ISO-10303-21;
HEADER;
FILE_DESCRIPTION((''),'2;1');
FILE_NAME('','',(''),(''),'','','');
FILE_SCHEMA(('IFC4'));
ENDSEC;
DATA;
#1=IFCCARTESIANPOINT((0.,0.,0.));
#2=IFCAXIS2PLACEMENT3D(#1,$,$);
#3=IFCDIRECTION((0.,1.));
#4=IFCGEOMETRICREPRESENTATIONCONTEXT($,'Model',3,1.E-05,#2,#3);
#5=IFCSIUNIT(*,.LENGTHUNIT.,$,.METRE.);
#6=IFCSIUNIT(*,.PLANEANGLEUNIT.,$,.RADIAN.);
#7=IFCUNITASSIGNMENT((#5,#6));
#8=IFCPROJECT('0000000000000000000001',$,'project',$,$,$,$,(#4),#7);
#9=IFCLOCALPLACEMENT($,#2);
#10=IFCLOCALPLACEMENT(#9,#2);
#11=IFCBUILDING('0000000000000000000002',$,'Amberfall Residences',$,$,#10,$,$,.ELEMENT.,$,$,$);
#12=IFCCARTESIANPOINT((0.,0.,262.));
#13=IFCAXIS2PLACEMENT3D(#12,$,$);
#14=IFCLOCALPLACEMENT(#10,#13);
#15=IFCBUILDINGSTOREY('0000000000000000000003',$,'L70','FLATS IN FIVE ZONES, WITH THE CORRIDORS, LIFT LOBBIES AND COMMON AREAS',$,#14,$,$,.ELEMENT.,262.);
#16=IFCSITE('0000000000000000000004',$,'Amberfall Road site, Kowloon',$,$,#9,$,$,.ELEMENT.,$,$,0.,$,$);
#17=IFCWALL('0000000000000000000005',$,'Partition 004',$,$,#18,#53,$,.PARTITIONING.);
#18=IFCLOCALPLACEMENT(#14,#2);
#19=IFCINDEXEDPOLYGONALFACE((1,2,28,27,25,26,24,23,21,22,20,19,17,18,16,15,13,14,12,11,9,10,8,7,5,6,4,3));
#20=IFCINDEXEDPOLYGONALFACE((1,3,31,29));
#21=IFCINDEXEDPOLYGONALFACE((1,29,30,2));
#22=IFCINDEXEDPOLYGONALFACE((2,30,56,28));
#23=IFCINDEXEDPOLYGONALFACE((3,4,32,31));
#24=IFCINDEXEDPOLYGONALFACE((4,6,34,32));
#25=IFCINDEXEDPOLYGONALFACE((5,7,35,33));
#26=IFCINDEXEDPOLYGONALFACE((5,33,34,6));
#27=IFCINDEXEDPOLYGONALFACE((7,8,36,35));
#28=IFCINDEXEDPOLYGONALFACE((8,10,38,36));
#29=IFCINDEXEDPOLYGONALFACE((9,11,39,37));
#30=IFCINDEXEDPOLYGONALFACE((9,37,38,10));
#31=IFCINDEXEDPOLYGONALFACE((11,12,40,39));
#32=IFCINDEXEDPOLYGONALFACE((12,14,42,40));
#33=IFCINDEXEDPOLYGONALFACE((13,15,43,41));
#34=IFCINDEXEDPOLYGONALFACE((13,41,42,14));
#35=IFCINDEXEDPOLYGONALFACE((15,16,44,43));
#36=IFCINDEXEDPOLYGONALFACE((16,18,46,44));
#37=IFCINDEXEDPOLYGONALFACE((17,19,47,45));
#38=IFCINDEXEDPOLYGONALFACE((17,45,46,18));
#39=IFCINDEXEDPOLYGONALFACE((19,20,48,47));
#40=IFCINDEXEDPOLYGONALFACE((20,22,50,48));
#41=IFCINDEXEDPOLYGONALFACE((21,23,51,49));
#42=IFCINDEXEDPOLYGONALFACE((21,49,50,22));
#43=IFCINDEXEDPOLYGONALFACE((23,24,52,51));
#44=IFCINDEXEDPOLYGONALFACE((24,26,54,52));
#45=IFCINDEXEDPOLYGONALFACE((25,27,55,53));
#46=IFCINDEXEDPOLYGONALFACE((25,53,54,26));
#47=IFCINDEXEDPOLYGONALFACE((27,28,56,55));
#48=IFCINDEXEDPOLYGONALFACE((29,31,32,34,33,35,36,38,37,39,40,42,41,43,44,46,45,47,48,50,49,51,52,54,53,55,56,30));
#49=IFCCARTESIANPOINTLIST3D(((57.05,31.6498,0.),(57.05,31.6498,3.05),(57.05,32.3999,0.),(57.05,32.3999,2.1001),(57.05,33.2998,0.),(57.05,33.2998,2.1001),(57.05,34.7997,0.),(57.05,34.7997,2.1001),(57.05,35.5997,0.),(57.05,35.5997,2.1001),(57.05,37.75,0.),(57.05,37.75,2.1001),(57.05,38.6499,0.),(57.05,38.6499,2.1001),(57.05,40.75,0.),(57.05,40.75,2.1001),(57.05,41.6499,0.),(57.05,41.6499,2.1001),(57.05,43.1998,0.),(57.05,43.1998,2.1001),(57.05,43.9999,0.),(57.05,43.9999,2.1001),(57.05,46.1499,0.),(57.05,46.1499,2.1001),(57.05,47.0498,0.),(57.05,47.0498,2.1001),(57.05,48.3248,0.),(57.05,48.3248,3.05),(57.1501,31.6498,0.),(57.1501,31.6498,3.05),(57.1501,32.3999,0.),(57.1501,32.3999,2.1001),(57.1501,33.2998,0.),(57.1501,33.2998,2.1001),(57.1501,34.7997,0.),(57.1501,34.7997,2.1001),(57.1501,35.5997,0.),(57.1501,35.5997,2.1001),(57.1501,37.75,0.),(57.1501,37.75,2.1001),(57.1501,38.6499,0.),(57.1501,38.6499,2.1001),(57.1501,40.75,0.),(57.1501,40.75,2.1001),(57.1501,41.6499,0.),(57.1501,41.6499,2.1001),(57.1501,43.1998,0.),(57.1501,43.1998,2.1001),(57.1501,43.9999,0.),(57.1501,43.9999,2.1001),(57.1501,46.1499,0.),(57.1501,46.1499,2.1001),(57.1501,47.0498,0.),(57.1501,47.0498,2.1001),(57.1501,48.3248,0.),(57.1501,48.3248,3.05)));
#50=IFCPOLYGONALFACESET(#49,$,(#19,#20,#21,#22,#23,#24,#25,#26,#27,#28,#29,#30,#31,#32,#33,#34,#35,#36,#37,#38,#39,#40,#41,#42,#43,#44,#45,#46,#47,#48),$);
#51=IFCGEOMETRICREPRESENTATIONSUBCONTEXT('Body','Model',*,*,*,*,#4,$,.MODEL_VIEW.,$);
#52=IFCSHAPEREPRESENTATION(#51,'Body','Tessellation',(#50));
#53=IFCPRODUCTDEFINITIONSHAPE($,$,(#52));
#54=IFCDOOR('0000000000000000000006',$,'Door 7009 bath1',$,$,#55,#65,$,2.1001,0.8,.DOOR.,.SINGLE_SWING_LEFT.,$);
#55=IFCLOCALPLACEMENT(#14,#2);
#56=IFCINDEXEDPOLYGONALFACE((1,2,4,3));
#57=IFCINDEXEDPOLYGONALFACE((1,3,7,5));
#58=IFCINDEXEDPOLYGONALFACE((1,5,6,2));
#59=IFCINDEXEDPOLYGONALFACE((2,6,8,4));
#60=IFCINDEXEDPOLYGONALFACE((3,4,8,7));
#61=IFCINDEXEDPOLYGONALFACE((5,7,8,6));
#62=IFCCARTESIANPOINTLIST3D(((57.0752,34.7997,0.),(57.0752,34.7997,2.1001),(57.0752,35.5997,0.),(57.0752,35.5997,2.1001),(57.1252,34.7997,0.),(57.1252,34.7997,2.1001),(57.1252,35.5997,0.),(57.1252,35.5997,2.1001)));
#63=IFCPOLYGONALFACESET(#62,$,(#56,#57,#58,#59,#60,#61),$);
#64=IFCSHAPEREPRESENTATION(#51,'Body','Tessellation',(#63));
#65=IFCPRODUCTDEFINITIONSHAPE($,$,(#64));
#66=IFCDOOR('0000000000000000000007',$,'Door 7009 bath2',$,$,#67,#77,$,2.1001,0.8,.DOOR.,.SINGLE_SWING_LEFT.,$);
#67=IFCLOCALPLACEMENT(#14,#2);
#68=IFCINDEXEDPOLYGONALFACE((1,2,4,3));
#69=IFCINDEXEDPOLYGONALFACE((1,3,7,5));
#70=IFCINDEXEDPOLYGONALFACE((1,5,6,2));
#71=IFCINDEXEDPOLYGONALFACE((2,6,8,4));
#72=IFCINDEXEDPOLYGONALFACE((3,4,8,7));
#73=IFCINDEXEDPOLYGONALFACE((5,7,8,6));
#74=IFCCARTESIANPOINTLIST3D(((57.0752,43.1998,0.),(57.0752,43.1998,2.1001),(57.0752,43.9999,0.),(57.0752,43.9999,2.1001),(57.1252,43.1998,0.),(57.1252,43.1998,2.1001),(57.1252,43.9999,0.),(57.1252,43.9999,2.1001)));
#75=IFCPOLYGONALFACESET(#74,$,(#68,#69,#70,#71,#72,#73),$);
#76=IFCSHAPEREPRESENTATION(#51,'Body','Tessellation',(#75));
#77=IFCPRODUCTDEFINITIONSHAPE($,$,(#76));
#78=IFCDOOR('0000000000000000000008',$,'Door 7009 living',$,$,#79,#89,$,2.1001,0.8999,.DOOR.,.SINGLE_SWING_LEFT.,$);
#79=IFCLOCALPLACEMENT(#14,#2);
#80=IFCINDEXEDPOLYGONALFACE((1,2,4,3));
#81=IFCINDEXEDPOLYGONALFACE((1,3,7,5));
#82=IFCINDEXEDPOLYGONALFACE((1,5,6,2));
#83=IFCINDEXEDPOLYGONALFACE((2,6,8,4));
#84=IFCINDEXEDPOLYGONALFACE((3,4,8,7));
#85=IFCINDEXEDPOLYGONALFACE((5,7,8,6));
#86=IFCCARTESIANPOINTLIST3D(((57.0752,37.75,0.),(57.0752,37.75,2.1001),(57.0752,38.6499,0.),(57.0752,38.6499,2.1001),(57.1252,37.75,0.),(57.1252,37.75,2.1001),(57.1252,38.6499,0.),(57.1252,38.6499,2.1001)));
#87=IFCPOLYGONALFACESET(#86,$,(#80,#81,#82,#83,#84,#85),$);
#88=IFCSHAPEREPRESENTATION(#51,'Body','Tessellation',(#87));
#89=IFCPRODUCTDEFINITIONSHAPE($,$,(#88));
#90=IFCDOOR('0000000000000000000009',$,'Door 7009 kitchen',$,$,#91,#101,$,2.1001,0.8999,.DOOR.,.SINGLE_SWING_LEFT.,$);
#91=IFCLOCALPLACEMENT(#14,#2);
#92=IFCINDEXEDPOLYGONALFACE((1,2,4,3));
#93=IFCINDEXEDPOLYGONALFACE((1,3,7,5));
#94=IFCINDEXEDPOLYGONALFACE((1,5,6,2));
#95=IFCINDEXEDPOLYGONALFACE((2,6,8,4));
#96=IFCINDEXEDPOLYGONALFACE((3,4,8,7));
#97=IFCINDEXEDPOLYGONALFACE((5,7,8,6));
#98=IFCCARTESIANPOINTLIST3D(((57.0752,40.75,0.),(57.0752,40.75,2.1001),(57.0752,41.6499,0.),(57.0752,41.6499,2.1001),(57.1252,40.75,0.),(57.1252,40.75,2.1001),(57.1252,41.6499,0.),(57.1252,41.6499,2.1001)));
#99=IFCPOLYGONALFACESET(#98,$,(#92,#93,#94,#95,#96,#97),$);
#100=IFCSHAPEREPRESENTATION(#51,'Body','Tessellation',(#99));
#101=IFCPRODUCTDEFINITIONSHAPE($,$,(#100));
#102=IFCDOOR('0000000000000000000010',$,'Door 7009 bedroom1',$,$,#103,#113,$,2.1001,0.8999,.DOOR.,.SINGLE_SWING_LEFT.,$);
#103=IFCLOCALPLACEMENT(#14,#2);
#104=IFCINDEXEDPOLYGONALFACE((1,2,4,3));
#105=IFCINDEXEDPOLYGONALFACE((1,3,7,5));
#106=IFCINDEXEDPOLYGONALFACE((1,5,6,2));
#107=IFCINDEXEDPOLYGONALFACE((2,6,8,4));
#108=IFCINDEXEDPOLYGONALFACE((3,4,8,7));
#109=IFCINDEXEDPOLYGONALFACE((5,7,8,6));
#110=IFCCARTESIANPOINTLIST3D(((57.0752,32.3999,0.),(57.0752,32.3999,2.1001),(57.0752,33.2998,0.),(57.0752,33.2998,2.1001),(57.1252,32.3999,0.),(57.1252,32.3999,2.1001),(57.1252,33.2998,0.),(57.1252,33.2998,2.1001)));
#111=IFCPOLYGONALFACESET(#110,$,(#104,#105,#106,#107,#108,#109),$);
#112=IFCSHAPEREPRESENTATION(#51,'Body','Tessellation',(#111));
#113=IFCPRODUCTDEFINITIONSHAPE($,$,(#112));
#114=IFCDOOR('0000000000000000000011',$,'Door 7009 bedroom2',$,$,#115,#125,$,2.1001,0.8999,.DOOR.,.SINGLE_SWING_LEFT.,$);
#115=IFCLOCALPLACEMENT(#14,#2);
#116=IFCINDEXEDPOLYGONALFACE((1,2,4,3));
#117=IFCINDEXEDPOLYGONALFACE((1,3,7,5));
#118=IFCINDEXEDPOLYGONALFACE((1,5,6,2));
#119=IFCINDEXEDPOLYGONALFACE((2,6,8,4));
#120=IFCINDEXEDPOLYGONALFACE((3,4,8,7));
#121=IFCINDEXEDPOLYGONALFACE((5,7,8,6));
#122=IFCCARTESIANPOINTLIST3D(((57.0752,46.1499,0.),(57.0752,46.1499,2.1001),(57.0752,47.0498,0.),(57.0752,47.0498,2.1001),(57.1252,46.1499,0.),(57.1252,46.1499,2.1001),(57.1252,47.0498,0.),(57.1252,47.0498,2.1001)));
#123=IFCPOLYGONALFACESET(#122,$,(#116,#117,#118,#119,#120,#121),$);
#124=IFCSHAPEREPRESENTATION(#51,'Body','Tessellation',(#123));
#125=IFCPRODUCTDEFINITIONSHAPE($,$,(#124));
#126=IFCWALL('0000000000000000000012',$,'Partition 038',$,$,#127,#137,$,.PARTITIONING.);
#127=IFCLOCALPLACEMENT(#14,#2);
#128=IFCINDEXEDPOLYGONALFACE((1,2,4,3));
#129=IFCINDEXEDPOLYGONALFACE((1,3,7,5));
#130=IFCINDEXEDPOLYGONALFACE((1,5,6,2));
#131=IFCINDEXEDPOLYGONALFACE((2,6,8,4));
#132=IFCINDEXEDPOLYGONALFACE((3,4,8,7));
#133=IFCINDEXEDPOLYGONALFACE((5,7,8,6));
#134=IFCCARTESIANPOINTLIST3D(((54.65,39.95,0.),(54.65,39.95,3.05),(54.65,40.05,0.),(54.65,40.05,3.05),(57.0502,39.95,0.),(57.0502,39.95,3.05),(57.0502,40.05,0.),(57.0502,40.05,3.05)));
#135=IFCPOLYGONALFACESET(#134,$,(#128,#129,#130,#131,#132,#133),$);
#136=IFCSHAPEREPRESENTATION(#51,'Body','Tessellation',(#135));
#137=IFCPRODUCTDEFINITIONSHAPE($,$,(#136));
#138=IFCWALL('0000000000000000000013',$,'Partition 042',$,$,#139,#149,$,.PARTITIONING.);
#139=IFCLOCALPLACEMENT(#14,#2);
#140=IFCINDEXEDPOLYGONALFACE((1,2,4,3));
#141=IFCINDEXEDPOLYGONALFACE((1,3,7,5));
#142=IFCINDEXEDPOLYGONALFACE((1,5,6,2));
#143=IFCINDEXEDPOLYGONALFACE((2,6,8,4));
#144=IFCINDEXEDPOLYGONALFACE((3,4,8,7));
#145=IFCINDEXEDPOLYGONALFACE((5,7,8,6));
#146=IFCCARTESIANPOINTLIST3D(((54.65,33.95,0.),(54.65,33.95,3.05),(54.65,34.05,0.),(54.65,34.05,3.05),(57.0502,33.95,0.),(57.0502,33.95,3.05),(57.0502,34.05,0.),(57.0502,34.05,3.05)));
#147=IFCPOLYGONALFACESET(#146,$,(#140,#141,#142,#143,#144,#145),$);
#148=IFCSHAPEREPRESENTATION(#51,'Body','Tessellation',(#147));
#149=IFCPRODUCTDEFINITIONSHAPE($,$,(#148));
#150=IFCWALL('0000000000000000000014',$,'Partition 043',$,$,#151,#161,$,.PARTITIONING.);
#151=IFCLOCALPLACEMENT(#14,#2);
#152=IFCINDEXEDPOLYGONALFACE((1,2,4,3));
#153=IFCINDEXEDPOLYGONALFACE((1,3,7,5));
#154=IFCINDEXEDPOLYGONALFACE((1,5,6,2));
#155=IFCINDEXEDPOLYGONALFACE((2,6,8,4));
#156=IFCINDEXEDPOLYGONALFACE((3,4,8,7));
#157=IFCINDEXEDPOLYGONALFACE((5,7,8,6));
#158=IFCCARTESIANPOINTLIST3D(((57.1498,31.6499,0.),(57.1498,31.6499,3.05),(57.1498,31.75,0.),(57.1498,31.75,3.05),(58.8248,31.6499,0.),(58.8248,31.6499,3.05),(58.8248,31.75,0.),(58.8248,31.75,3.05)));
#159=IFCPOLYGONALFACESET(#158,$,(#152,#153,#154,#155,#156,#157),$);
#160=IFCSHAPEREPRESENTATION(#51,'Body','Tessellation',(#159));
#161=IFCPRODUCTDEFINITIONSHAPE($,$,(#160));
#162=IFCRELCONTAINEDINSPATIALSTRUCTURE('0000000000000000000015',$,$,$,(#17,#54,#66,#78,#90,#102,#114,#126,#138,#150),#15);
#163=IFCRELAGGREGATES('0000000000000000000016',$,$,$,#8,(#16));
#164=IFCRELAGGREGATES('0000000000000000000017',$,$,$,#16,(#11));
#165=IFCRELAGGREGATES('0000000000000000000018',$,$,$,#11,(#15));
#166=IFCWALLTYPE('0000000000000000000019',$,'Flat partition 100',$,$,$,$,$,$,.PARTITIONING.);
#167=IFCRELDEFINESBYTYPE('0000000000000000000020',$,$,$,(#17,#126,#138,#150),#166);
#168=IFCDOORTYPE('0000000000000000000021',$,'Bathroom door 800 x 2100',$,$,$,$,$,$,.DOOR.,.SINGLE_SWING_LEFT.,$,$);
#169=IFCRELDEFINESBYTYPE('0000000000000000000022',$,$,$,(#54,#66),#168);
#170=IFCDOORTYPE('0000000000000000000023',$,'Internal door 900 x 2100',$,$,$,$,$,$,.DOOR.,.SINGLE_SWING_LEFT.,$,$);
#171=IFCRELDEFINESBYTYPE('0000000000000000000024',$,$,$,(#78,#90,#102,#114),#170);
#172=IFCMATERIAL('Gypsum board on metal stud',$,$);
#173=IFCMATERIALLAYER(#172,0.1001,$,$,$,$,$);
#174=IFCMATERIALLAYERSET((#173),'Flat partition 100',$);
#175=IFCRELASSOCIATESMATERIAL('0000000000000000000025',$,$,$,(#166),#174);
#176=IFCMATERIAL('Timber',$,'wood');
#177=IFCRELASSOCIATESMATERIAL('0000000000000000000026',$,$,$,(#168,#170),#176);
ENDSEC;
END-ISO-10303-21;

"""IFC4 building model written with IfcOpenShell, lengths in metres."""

from ifc_helpers import new_model, si_unit, direction, frame, frame_2d, origin, place, context, subcontext, project, spatial, rectangle, extrude, material, layer, layer_set, type_object, element, fill, save


model = new_model("IFC4")

# Units and contexts
model_context = context("Model", 3, precision=1e-05, world=origin(), true_north=direction((0.0, 1.0)))
body_context = subcontext(model_context, "Body", "Model", "MODEL_VIEW")
ifc_project = project(units=[si_unit("LENGTHUNIT", "METRE"), si_unit("PLANEANGLEUNIT", "RADIAN")], contexts=[model_context])

# Site, building, storey
site_placement = place(None, origin())
site = spatial("IfcSite", under=ifc_project, at=site_placement, Name="Amberfall Road site, Kowloon", CompositionType="ELEMENT", RefElevation=0.0)
building_placement = place(site_placement, origin())
building = spatial("IfcBuilding", under=site, at=building_placement, Name="Amberfall Residences", CompositionType="ELEMENT")
storey_placement = place(building_placement, frame((0.0, 0.0, 262.0)))
storey = spatial("IfcBuildingStorey", under=building, at=storey_placement, Name="L70", Description="FLATS IN FIVE ZONES, WITH THE CORRIDORS, LIFT LOBBIES AND COMMON AREAS", CompositionType="ELEMENT", Elevation=262.0)

# Shared definitions
ifc_material_1 = material(Name="Gypsum board on metal stud")
ifc_layer_1 = layer(ifc_material_1, 0.1001)
ifc_layer_set_1 = layer_set([ifc_layer_1], Name="Flat partition 100")
wall_type_1 = type_object("IfcWallType", Name="Flat partition 100", PredefinedType="PARTITIONING", material=ifc_layer_set_1)

# Wall, openings, doors
wall_1_placement = place(storey_placement, frame((57.1001, 31.6499, 0.0), z_axis=(0.0, 0.0, 1.0), x_axis=(0.0, 1.0, 0.0)))
wall_1 = element("IfcWall", 1, at=wall_1_placement, inside=storey, type_object=wall_type_1, Name="Partition 004", PredefinedType="PARTITIONING", context=body_context, shape_type="SweptSolid", body=[
    extrude(rectangle(XDim=16.675, YDim=0.1001, at=frame_2d((8.3374, 0.0))), origin(), (0.0, 0.0, 1.0), 3.05),
])
opening_1_placement = place(wall_1_placement, frame((6.1001, 0.0, 0.0)))
opening_1 = element("IfcOpeningElement", 2, at=opening_1_placement, cuts=wall_1, PredefinedType="OPENING", context=body_context, shape_type="SweptSolid", body=[
    extrude(rectangle(XDim=0.8999, YDim=2.1001, at=frame_2d((0.45, 1.05))), frame((0.0, 0.0601, 0.0), z_axis=(0.0, -1.0, 0.0), x_axis=(1.0, 0.0, 0.0)), (0.0, 0.0, 1.0), 0.1201),
])
opening_2_placement = place(wall_1_placement, frame((9.1001, 0.0, 0.0)))
opening_2 = element("IfcOpeningElement", 3, at=opening_2_placement, cuts=wall_1, PredefinedType="OPENING", context=body_context, shape_type="SweptSolid", body=[
    extrude(rectangle(XDim=0.8999, YDim=2.1001, at=frame_2d((0.45, 1.05))), frame((0.0, 0.0601, 0.0), z_axis=(0.0, -1.0, 0.0), x_axis=(1.0, 0.0, 0.0)), (0.0, 0.0, 1.0), 0.1201),
])
opening_3_placement = place(wall_1_placement, frame((0.75, 0.0, 0.0)))
opening_3 = element("IfcOpeningElement", 4, at=opening_3_placement, cuts=wall_1, PredefinedType="OPENING", context=body_context, shape_type="SweptSolid", body=[
    extrude(rectangle(XDim=0.8999, YDim=2.1001, at=frame_2d((0.45, 1.05))), frame((0.0, 0.0601, 0.0), z_axis=(0.0, -1.0, 0.0), x_axis=(1.0, 0.0, 0.0)), (0.0, 0.0, 1.0), 0.1201),
])
opening_4_placement = place(wall_1_placement, frame((14.5, 0.0, 0.0)))
opening_4 = element("IfcOpeningElement", 5, at=opening_4_placement, cuts=wall_1, PredefinedType="OPENING", context=body_context, shape_type="SweptSolid", body=[
    extrude(rectangle(XDim=0.8999, YDim=2.1001, at=frame_2d((0.45, 1.05))), frame((0.0, 0.0601, 0.0), z_axis=(0.0, -1.0, 0.0), x_axis=(1.0, 0.0, 0.0)), (0.0, 0.0, 1.0), 0.1201),
])
opening_5_placement = place(wall_1_placement, frame((3.1499, 0.0, 0.0)))
opening_5 = element("IfcOpeningElement", 6, at=opening_5_placement, cuts=wall_1, PredefinedType="OPENING", context=body_context, shape_type="SweptSolid", body=[
    extrude(rectangle(XDim=0.8, YDim=2.1001, at=frame_2d((0.3999, 1.05))), frame((0.0, 0.0601, 0.0), z_axis=(0.0, -1.0, 0.0), x_axis=(1.0, 0.0, 0.0)), (0.0, 0.0, 1.0), 0.1201),
])
opening_6_placement = place(wall_1_placement, frame((11.55, 0.0, 0.0)))
opening_6 = element("IfcOpeningElement", 7, at=opening_6_placement, cuts=wall_1, PredefinedType="OPENING", context=body_context, shape_type="SweptSolid", body=[
    extrude(rectangle(XDim=0.8, YDim=2.1001, at=frame_2d((0.3999, 1.05))), frame((0.0, 0.0601, 0.0), z_axis=(0.0, -1.0, 0.0), x_axis=(1.0, 0.0, 0.0)), (0.0, 0.0, 1.0), 0.1201),
])
ifc_material_2 = material(Name="Timber", Category="wood")
door_type_1 = type_object("IfcDoorType", Name="Bathroom door 800 x 2100", OperationType="SINGLE_SWING_LEFT", PredefinedType="DOOR", material=ifc_material_2)
door_1_placement = place(opening_5_placement, origin())
door_1 = element("IfcDoor", 8, at=door_1_placement, inside=storey, type_object=door_type_1, Name="Door 7009 bath1", OperationType="SINGLE_SWING_LEFT", OverallHeight=2.1001, OverallWidth=0.8, PredefinedType="DOOR", context=body_context, shape_type="SweptSolid", body=[
    extrude(rectangle(XDim=0.8, YDim=2.1001, at=frame_2d((0.3999, 1.05))), frame((0.0, 0.0249, 0.0), z_axis=(0.0, -1.0, 0.0), x_axis=(1.0, 0.0, 0.0)), (0.0, 0.0, 1.0), 0.05),
])
fill(opening_5, door_1)
door_2_placement = place(opening_6_placement, origin())
door_2 = element("IfcDoor", 9, at=door_2_placement, inside=storey, type_object=door_type_1, Name="Door 7009 bath2", OperationType="SINGLE_SWING_LEFT", OverallHeight=2.1001, OverallWidth=0.8, PredefinedType="DOOR", context=body_context, shape_type="SweptSolid", body=[
    extrude(rectangle(XDim=0.8, YDim=2.1001, at=frame_2d((0.3999, 1.05))), frame((0.0, 0.0249, 0.0), z_axis=(0.0, -1.0, 0.0), x_axis=(1.0, 0.0, 0.0)), (0.0, 0.0, 1.0), 0.05),
])
fill(opening_6, door_2)
door_type_2 = type_object("IfcDoorType", Name="Internal door 900 x 2100", OperationType="SINGLE_SWING_LEFT", PredefinedType="DOOR", material=ifc_material_2)
door_3_placement = place(opening_1_placement, origin())
door_3 = element("IfcDoor", 10, at=door_3_placement, inside=storey, type_object=door_type_2, Name="Door 7009 living", OperationType="SINGLE_SWING_LEFT", OverallHeight=2.1001, OverallWidth=0.8999, PredefinedType="DOOR", context=body_context, shape_type="SweptSolid", body=[
    extrude(rectangle(XDim=0.8999, YDim=2.1001, at=frame_2d((0.45, 1.05))), frame((0.0, 0.0249, 0.0), z_axis=(0.0, -1.0, 0.0), x_axis=(1.0, 0.0, 0.0)), (0.0, 0.0, 1.0), 0.05),
])
fill(opening_1, door_3)
door_4_placement = place(opening_2_placement, origin())
door_4 = element("IfcDoor", 11, at=door_4_placement, inside=storey, type_object=door_type_2, Name="Door 7009 kitchen", OperationType="SINGLE_SWING_LEFT", OverallHeight=2.1001, OverallWidth=0.8999, PredefinedType="DOOR", context=body_context, shape_type="SweptSolid", body=[
    extrude(rectangle(XDim=0.8999, YDim=2.1001, at=frame_2d((0.45, 1.05))), frame((0.0, 0.0249, 0.0), z_axis=(0.0, -1.0, 0.0), x_axis=(1.0, 0.0, 0.0)), (0.0, 0.0, 1.0), 0.05),
])
fill(opening_2, door_4)
door_5_placement = place(opening_3_placement, origin())
door_5 = element("IfcDoor", 12, at=door_5_placement, inside=storey, type_object=door_type_2, Name="Door 7009 bedroom1", OperationType="SINGLE_SWING_LEFT", OverallHeight=2.1001, OverallWidth=0.8999, PredefinedType="DOOR", context=body_context, shape_type="SweptSolid", body=[
    extrude(rectangle(XDim=0.8999, YDim=2.1001, at=frame_2d((0.45, 1.05))), frame((0.0, 0.0249, 0.0), z_axis=(0.0, -1.0, 0.0), x_axis=(1.0, 0.0, 0.0)), (0.0, 0.0, 1.0), 0.05),
])
fill(opening_3, door_5)
door_6_placement = place(opening_4_placement, origin())
door_6 = element("IfcDoor", 13, at=door_6_placement, inside=storey, type_object=door_type_2, Name="Door 7009 bedroom2", OperationType="SINGLE_SWING_LEFT", OverallHeight=2.1001, OverallWidth=0.8999, PredefinedType="DOOR", context=body_context, shape_type="SweptSolid", body=[
    extrude(rectangle(XDim=0.8999, YDim=2.1001, at=frame_2d((0.45, 1.05))), frame((0.0, 0.0249, 0.0), z_axis=(0.0, -1.0, 0.0), x_axis=(1.0, 0.0, 0.0)), (0.0, 0.0, 1.0), 0.05),
])
fill(opening_4, door_6)

# Walls
for number, where, z_axis, x_axis, name in (
    (14, (54.6499, 40.0, 0.0), (0.0, 0.0, 1.0), (1.0, 0.0, 0.0), "Partition 038"),
    (15, (54.6499, 34.0, 0.0), (0.0, 0.0, 1.0), (1.0, 0.0, 0.0), "Partition 042"),
):
    element("IfcWall", number, at=place(storey_placement, frame(where, z_axis=z_axis, x_axis=x_axis)), inside=storey, type_object=wall_type_1, Name=name, PredefinedType="PARTITIONING", context=body_context, shape_type="SweptSolid", body=[
        extrude(rectangle(XDim=2.4001, YDim=0.1001, at=frame_2d((1.2002, 0.0))), origin(), (0.0, 0.0, 1.0), 3.05),
    ])
wall_2_placement = place(storey_placement, frame((57.1499, 31.7, 0.0), z_axis=(0.0, 0.0, 1.0), x_axis=(1.0, 0.0, 0.0)))
element("IfcWall", 16, at=wall_2_placement, inside=storey, type_object=wall_type_1, Name="Partition 043", PredefinedType="PARTITIONING", context=body_context, shape_type="SweptSolid", body=[
    extrude(rectangle(XDim=1.675, YDim=0.1001, at=frame_2d((0.8374, 0.0))), origin(), (0.0, 0.0, 1.0), 3.05),
])

save(model, "model.ifc")
